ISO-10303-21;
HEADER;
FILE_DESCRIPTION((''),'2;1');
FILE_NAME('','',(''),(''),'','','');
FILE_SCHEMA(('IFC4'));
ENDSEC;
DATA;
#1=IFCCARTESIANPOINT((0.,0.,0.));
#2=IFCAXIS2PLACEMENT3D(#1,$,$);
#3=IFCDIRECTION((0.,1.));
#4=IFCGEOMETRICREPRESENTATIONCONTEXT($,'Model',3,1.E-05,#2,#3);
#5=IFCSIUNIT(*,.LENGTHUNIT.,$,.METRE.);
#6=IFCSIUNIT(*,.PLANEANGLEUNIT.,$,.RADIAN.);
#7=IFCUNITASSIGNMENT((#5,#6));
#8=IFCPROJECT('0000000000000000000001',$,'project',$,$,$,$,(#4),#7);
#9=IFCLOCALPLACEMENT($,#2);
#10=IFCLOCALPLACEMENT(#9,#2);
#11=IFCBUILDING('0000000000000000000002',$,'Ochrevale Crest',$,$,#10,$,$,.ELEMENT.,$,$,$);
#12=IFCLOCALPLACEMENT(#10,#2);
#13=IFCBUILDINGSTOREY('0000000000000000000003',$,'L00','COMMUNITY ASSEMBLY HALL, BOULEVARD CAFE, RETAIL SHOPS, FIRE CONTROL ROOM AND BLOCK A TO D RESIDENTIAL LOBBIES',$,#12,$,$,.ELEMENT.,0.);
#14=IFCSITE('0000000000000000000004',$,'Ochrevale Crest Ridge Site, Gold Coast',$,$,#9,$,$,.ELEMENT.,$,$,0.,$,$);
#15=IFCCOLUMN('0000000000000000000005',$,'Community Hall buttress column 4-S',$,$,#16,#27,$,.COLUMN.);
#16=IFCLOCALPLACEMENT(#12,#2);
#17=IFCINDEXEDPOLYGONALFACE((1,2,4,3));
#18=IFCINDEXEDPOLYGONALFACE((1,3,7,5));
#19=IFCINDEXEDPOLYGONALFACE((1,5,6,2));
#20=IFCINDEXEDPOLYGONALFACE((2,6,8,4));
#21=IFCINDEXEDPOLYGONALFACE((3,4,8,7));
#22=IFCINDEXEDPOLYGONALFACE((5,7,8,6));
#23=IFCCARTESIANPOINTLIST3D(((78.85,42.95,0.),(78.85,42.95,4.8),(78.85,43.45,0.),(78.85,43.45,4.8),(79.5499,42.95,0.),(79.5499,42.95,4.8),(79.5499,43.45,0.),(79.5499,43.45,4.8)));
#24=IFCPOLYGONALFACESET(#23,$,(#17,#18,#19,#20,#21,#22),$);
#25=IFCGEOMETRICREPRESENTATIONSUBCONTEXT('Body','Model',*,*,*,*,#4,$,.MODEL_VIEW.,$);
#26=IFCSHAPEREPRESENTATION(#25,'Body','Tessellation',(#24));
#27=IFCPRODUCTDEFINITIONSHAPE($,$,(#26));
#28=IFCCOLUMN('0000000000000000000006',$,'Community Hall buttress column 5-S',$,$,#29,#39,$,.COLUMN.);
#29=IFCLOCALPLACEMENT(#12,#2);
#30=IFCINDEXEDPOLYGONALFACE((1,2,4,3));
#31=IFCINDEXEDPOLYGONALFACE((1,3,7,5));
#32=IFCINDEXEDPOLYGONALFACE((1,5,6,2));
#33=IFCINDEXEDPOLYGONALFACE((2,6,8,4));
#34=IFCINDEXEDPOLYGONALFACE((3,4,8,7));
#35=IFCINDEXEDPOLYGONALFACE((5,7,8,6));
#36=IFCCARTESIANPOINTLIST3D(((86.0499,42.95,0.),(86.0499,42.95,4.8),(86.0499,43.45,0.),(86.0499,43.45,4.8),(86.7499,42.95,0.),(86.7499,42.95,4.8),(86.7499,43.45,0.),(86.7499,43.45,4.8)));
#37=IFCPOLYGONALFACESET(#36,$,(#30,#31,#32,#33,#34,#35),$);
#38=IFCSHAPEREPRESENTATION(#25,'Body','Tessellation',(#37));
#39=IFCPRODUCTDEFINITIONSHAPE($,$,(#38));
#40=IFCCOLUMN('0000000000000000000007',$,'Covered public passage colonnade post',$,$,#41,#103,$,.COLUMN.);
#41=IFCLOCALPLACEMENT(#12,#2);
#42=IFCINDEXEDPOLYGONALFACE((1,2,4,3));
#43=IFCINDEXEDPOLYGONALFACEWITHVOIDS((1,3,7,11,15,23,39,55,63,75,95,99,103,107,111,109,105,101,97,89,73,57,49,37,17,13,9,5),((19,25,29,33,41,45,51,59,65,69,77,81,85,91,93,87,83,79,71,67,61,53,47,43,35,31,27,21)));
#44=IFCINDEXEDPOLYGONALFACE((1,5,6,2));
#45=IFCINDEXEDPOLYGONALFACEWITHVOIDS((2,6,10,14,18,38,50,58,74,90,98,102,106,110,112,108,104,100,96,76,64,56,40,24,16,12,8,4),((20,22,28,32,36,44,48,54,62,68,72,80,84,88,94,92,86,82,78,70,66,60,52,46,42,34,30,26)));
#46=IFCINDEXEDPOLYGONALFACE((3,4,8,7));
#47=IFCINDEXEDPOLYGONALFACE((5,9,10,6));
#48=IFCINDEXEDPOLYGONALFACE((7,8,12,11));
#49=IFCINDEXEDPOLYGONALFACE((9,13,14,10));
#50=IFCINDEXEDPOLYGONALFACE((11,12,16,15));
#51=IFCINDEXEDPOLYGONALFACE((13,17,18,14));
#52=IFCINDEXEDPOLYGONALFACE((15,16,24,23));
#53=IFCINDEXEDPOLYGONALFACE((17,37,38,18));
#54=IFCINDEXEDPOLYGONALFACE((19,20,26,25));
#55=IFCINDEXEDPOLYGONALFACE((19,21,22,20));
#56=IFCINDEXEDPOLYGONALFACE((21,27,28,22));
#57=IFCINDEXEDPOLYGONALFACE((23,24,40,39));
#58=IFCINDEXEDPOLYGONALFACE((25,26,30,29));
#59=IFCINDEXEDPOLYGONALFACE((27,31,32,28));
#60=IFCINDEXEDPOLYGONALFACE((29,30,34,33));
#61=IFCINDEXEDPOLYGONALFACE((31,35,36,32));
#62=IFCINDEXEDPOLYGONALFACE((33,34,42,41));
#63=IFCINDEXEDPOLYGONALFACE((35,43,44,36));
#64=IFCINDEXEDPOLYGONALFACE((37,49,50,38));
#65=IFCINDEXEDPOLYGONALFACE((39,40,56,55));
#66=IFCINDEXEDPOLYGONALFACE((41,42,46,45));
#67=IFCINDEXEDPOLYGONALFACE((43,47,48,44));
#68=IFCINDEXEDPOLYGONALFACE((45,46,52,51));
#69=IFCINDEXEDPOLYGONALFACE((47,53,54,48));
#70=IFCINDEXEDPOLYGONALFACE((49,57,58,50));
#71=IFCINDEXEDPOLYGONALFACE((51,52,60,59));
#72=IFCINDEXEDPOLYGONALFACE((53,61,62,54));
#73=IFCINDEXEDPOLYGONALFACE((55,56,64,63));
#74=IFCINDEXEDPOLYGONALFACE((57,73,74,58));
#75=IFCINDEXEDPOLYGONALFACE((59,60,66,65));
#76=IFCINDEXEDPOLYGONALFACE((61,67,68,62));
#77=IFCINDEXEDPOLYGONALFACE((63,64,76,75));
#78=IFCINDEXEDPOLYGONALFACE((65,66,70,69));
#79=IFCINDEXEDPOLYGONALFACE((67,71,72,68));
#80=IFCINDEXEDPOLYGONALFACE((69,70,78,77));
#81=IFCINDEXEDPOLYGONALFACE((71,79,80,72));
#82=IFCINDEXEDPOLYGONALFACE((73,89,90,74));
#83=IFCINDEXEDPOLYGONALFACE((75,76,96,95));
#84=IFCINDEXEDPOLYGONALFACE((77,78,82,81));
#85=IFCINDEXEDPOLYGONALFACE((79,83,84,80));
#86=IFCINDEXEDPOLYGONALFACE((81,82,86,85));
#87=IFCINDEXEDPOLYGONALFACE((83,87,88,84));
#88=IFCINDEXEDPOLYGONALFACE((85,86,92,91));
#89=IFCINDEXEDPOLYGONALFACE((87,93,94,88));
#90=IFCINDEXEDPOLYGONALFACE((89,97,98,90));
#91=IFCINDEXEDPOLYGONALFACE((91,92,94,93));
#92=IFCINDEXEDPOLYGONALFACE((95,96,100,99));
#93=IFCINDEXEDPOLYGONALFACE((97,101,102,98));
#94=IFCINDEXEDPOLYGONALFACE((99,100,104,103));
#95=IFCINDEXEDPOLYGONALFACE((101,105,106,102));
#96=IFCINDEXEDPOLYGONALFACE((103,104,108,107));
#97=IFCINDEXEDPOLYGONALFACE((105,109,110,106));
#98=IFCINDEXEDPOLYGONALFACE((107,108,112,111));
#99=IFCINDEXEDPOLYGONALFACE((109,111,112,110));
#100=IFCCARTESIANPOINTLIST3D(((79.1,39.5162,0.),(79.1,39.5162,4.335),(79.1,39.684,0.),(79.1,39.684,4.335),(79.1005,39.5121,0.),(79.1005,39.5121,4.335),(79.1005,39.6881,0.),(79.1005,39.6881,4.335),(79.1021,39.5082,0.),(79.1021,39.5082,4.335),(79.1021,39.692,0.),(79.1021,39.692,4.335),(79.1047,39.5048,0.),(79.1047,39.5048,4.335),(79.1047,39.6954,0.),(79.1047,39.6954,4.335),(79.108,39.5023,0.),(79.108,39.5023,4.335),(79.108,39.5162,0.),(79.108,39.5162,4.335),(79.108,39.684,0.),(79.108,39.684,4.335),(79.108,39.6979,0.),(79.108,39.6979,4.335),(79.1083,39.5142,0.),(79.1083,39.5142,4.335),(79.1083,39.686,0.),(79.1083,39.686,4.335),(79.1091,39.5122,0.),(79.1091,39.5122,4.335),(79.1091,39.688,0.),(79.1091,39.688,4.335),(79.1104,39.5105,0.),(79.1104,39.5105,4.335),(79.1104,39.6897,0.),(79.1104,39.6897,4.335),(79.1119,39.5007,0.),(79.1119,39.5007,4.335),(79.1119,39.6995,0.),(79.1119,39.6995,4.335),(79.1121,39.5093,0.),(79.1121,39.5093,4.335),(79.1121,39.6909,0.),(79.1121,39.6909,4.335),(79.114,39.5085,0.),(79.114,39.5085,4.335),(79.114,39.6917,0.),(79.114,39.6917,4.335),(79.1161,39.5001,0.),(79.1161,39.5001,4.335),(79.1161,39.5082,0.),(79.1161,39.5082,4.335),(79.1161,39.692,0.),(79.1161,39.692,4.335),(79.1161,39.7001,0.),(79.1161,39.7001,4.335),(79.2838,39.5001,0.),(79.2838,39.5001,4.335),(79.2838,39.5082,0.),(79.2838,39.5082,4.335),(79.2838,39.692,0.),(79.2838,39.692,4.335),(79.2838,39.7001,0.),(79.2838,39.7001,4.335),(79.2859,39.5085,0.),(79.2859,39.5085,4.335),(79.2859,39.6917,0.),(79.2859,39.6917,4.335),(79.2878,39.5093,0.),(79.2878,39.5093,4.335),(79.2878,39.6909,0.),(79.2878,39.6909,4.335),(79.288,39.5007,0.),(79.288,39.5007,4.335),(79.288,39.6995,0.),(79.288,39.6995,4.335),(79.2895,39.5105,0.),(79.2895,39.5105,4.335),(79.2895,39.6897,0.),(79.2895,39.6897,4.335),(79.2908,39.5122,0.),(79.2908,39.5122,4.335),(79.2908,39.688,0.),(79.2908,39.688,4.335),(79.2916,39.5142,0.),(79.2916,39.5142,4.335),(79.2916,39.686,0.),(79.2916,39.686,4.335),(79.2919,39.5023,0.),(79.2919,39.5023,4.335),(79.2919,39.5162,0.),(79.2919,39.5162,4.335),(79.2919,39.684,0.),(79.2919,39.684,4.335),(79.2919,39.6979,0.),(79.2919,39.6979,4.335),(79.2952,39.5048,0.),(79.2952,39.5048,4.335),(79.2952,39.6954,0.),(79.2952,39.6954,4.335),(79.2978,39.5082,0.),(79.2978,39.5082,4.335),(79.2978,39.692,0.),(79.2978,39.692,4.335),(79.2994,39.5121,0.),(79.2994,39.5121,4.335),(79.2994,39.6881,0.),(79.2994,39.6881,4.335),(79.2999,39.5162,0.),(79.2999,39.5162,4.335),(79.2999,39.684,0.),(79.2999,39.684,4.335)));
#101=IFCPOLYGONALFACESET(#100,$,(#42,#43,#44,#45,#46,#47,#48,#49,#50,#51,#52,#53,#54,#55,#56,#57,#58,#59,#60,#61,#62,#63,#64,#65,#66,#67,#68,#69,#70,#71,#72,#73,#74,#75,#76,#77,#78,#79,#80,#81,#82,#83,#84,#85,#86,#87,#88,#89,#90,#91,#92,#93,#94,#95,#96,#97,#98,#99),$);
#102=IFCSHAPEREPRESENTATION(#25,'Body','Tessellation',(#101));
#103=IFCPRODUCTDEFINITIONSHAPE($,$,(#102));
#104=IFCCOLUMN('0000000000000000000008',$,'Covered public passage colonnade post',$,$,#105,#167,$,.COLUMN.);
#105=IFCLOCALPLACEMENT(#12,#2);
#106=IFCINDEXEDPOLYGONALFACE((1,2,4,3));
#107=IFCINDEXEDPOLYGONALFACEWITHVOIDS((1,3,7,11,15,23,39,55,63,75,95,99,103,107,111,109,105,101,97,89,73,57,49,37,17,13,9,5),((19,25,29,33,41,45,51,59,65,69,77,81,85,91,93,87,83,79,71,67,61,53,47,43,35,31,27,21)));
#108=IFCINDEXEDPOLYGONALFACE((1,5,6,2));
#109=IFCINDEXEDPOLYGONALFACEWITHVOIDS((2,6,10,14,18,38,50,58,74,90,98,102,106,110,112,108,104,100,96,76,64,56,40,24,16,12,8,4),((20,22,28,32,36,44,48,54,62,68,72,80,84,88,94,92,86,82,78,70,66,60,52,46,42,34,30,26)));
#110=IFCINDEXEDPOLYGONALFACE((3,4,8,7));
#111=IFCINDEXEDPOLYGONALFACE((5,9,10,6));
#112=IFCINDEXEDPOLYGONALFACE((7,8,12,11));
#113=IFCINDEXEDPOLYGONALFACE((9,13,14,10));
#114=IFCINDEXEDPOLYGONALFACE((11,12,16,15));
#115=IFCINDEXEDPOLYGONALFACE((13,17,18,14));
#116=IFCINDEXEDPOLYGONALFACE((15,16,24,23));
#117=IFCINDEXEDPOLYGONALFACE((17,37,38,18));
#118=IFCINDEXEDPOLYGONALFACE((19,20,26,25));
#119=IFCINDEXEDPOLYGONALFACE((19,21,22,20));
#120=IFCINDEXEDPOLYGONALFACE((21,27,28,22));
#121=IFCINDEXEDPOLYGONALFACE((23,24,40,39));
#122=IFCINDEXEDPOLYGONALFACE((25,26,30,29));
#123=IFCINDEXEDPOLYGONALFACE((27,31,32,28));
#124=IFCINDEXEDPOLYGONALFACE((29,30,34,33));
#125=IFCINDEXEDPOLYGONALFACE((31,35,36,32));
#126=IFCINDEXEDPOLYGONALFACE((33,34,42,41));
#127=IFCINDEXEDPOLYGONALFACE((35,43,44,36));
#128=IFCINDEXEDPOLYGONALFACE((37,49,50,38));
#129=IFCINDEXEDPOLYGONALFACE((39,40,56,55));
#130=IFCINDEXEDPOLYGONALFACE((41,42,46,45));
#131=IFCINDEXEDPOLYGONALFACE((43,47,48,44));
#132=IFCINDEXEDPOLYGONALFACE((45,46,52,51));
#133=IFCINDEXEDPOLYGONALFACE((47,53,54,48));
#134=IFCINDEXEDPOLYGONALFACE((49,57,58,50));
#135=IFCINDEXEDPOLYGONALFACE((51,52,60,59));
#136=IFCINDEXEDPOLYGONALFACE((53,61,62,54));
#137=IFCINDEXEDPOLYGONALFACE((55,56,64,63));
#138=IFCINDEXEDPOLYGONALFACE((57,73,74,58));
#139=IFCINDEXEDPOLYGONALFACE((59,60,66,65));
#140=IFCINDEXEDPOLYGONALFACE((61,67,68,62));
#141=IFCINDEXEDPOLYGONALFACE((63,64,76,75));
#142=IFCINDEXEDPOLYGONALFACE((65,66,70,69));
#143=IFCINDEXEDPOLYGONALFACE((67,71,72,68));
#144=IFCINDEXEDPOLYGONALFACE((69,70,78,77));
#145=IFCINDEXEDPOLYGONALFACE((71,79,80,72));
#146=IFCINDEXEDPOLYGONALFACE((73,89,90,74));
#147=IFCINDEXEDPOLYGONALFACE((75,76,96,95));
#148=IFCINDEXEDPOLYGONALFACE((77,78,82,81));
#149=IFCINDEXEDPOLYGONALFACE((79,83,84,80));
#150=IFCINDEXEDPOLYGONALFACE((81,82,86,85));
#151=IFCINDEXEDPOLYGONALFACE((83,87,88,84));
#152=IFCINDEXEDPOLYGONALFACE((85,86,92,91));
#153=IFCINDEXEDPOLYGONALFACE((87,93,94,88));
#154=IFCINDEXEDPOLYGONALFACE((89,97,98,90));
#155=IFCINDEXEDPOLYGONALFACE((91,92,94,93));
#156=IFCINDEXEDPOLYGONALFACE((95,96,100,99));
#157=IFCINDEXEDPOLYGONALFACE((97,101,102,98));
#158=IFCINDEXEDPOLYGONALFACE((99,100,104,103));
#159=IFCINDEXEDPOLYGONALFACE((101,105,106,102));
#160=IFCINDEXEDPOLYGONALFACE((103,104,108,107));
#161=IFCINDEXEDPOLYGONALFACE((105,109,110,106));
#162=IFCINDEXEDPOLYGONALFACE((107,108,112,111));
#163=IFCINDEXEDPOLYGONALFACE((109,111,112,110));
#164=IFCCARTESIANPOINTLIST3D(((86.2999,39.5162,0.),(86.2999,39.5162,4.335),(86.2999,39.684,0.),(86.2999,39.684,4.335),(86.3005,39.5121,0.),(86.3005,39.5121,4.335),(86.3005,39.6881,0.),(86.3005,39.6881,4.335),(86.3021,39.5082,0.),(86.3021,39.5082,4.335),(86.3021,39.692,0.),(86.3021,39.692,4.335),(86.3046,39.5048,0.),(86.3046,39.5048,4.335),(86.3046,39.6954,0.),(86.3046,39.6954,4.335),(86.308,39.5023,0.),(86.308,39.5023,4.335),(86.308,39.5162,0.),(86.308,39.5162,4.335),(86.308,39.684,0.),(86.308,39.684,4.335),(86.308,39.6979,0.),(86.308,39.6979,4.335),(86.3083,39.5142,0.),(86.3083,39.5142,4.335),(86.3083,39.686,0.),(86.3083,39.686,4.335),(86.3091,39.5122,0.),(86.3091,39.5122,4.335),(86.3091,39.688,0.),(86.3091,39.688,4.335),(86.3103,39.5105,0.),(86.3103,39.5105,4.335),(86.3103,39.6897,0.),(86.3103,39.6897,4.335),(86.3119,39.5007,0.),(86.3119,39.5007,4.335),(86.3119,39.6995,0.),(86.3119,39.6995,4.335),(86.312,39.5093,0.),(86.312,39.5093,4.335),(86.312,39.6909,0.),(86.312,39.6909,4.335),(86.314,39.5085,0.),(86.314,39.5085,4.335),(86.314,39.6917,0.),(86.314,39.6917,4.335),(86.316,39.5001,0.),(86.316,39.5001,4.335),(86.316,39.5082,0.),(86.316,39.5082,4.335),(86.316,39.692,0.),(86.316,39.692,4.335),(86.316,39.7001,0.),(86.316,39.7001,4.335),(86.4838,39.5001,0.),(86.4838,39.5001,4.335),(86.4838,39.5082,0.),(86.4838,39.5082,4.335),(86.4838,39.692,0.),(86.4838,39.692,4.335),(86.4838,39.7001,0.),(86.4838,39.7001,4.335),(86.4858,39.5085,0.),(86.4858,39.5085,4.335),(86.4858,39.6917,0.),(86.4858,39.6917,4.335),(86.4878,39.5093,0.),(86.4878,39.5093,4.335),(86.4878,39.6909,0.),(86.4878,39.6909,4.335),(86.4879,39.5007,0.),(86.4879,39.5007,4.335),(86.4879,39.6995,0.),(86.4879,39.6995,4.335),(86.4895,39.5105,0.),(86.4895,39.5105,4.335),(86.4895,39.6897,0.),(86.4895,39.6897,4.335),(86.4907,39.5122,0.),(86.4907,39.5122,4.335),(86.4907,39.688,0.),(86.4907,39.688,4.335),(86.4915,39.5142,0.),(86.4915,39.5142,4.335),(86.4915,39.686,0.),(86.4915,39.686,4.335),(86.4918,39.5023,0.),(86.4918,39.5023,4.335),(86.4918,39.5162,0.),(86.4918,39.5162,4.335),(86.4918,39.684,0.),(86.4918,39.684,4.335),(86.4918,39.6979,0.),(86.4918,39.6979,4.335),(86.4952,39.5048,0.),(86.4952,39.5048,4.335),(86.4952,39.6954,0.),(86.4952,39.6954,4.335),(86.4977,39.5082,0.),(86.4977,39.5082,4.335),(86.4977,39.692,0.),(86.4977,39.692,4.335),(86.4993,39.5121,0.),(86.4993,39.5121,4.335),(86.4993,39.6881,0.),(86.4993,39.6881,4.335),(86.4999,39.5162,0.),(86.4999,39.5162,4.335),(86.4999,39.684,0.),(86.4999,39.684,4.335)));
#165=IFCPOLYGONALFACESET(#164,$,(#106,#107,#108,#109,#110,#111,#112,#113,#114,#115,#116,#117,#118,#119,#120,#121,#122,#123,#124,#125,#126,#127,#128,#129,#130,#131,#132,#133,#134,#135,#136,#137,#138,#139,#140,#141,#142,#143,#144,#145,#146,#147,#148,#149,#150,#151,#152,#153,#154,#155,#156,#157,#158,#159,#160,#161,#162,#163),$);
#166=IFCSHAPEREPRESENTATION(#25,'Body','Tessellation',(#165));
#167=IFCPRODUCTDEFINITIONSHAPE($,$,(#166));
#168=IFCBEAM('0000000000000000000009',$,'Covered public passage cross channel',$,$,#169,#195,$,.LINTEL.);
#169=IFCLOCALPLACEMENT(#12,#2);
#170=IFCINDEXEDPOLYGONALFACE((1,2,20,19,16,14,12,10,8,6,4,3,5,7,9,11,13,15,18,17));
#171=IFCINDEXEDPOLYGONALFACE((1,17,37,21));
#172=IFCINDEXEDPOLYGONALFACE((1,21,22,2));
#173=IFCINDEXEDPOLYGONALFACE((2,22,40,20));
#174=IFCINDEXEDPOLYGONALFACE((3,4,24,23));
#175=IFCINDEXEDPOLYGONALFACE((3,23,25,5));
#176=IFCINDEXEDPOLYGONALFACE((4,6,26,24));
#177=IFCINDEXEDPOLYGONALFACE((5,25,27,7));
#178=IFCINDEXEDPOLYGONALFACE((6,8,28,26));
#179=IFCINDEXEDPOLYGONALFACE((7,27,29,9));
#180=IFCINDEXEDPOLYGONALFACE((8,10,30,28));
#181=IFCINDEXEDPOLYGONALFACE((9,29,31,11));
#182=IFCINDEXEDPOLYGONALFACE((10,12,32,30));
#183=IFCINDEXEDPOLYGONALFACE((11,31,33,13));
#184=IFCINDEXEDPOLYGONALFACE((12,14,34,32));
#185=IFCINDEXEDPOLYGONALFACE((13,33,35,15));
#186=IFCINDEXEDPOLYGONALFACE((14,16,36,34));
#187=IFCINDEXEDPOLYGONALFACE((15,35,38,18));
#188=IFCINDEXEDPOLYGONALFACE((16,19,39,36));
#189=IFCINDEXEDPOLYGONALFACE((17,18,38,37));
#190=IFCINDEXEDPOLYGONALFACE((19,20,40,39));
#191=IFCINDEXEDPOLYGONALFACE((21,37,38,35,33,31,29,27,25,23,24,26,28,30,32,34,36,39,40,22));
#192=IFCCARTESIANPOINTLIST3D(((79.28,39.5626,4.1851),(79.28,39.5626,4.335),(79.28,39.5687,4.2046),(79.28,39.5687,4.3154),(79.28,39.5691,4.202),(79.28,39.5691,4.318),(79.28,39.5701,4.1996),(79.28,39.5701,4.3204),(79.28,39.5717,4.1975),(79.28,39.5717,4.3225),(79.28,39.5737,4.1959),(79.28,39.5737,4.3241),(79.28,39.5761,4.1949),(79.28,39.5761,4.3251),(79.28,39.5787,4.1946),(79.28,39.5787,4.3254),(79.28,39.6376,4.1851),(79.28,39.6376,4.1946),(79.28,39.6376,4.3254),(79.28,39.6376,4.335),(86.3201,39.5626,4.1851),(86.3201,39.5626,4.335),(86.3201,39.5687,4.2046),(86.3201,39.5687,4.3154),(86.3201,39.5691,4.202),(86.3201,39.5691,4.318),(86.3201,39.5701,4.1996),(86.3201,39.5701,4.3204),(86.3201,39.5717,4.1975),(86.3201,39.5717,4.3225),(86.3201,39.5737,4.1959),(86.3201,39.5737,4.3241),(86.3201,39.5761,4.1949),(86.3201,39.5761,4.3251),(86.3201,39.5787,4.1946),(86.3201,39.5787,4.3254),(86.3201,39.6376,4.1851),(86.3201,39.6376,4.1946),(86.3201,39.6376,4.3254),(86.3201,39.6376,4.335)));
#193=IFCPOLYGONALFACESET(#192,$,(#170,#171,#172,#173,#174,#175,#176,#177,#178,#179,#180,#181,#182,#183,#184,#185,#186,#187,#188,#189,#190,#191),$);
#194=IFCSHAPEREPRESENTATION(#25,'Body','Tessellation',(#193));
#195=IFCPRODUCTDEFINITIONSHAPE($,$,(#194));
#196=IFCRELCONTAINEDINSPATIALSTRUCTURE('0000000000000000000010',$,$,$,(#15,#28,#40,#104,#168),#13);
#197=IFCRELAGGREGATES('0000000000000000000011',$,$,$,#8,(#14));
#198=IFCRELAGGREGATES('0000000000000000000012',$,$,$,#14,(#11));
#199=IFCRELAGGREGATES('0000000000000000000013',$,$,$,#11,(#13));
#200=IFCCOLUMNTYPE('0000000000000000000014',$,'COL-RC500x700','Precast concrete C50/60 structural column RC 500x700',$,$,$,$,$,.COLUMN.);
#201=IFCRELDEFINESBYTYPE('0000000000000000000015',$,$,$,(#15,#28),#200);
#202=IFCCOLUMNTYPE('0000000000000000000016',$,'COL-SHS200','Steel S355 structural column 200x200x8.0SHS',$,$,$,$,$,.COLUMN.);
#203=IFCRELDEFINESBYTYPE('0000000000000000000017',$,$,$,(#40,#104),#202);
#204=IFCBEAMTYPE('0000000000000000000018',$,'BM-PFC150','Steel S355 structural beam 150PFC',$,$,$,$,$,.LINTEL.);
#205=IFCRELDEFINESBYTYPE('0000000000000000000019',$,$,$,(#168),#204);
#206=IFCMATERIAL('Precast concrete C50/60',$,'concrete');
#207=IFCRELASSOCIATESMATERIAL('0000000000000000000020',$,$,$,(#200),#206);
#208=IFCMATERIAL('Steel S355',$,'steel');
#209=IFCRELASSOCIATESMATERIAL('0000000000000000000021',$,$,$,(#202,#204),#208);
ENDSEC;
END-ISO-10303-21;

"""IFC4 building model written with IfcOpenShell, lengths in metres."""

from ifc_helpers import new_model, si_unit, direction, frame, origin, origin_2d, place, context, subcontext, project, spatial, rectangle, hollow_rectangle, u_section, extrude, material, material_profile, profile_set, type_object, element, save


model = new_model("IFC4")

# Units and contexts
model_context = context("Model", 3, precision=1e-05, world=origin(), true_north=direction((0.0, 1.0)))
body_context = subcontext(model_context, "Body", "Model", "MODEL_VIEW")
ifc_project = project(units=[si_unit("LENGTHUNIT", "METRE"), si_unit("PLANEANGLEUNIT", "RADIAN")], contexts=[model_context])

# Site, building, storey
site_placement = place(None, origin())
site = spatial("IfcSite", under=ifc_project, at=site_placement, Name="Ochrevale Crest Ridge Site, Gold Coast", CompositionType="ELEMENT", RefElevation=0.0)
building_placement = place(site_placement, origin())
building = spatial("IfcBuilding", under=site, at=building_placement, Name="Ochrevale Crest", CompositionType="ELEMENT")
storey_placement = place(building_placement, origin())
storey = spatial("IfcBuildingStorey", under=building, at=storey_placement, Name="L00", Description="COMMUNITY ASSEMBLY HALL, BOULEVARD CAFE, RETAIL SHOPS, FIRE CONTROL ROOM AND BLOCK A TO D RESIDENTIAL LOBBIES", CompositionType="ELEMENT", Elevation=0.0)

# Columns
ifc_material_1 = material(Name="Precast concrete C50/60", Category="concrete")
ifc_material_profile_1 = material_profile(ifc_material_1, rectangle(XDim=0.5, YDim=0.7, at=origin_2d()), Name="RC 500x700")
ifc_profile_set_1 = profile_set([ifc_material_profile_1], Name="Precast concrete C50/60")
column_type_1 = type_object("IfcColumnType", Name="COL-RC500x700", Description="Precast concrete C50/60 structural column RC 500x700", PredefinedType="COLUMN", material=ifc_profile_set_1)
for number, where, z_axis, x_axis, name in (
    (1, (79.2, 43.2, 0.0), (0.0, 0.0, 1.0), (0.0, 1.0, 0.0), "Community Hall buttress column 4-S"),
    (2, (86.3999, 43.2, 0.0), (0.0, 0.0, 1.0), (0.0, 1.0, 0.0), "Community Hall buttress column 5-S"),
):
    element("IfcColumn", number, at=place(storey_placement, frame(where, z_axis=z_axis, x_axis=x_axis)), inside=storey, type_object=column_type_1, Name=name, PredefinedType="COLUMN", context=body_context, shape_type="SweptSolid", body=[
        extrude(rectangle(XDim=0.5, YDim=0.7, at=origin_2d()), origin(), (0.0, 0.0, 1.0), 4.8),
    ])
ifc_material_2 = material(Name="Steel S355", Category="steel")
ifc_material_profile_2 = material_profile(ifc_material_2, hollow_rectangle(XDim=0.2, YDim=0.2, WallThickness=0.0081, InnerFilletRadius=0.0081, OuterFilletRadius=0.0161, at=origin_2d()), Name="200x200x8.0SHS")
ifc_profile_set_2 = profile_set([ifc_material_profile_2], Name="Steel S355")
column_type_2 = type_object("IfcColumnType", Name="COL-SHS200", Description="Steel S355 structural column 200x200x8.0SHS", PredefinedType="COLUMN", material=ifc_profile_set_2)
for number, where, z_axis, x_axis, name in (
    (3, (79.2, 39.6001, 0.0), (0.0, 0.0, 1.0), (1.0, 0.0, 0.0), "Covered public passage colonnade post"),
    (4, (86.3999, 39.6001, 0.0), (0.0, 0.0, 1.0), (1.0, 0.0, 0.0), "Covered public passage colonnade post"),
):
    element("IfcColumn", number, at=place(storey_placement, frame(where, z_axis=z_axis, x_axis=x_axis)), inside=storey, type_object=column_type_2, Name=name, PredefinedType="COLUMN", context=body_context, shape_type="SweptSolid", body=[
        extrude(hollow_rectangle(XDim=0.2, YDim=0.2, WallThickness=0.0081, InnerFilletRadius=0.0081, OuterFilletRadius=0.0161, at=origin_2d()), origin(), (0.0, 0.0, 1.0), 4.335),
    ])

# Beam
ifc_material_profile_3 = material_profile(ifc_material_2, u_section(Depth=0.1499, FlangeWidth=0.075, WebThickness=0.0061, FlangeThickness=0.0095, FilletRadius=0.01, at=origin_2d()), Name="150PFC")
ifc_profile_set_3 = profile_set([ifc_material_profile_3], Name="Steel S355")
beam_type_1 = type_object("IfcBeamType", Name="BM-PFC150", Description="Steel S355 structural beam 150PFC", PredefinedType="LINTEL", material=ifc_profile_set_3)
beam_1_placement = place(storey_placement, frame((79.28, 39.6001, 4.26), z_axis=(1.0, 0.0, 0.0), x_axis=(0.0, 1.0, 0.0)))
element("IfcBeam", 5, at=beam_1_placement, inside=storey, type_object=beam_type_1, Name="Covered public passage cross channel", PredefinedType="LINTEL", context=body_context, shape_type="SweptSolid", body=[
    extrude(u_section(Depth=0.1499, FlangeWidth=0.075, WebThickness=0.0061, FlangeThickness=0.0095, FilletRadius=0.01, at=origin_2d()), origin(), (0.0, 0.0, 1.0), 7.04),
])

save(model, "model.ifc")
